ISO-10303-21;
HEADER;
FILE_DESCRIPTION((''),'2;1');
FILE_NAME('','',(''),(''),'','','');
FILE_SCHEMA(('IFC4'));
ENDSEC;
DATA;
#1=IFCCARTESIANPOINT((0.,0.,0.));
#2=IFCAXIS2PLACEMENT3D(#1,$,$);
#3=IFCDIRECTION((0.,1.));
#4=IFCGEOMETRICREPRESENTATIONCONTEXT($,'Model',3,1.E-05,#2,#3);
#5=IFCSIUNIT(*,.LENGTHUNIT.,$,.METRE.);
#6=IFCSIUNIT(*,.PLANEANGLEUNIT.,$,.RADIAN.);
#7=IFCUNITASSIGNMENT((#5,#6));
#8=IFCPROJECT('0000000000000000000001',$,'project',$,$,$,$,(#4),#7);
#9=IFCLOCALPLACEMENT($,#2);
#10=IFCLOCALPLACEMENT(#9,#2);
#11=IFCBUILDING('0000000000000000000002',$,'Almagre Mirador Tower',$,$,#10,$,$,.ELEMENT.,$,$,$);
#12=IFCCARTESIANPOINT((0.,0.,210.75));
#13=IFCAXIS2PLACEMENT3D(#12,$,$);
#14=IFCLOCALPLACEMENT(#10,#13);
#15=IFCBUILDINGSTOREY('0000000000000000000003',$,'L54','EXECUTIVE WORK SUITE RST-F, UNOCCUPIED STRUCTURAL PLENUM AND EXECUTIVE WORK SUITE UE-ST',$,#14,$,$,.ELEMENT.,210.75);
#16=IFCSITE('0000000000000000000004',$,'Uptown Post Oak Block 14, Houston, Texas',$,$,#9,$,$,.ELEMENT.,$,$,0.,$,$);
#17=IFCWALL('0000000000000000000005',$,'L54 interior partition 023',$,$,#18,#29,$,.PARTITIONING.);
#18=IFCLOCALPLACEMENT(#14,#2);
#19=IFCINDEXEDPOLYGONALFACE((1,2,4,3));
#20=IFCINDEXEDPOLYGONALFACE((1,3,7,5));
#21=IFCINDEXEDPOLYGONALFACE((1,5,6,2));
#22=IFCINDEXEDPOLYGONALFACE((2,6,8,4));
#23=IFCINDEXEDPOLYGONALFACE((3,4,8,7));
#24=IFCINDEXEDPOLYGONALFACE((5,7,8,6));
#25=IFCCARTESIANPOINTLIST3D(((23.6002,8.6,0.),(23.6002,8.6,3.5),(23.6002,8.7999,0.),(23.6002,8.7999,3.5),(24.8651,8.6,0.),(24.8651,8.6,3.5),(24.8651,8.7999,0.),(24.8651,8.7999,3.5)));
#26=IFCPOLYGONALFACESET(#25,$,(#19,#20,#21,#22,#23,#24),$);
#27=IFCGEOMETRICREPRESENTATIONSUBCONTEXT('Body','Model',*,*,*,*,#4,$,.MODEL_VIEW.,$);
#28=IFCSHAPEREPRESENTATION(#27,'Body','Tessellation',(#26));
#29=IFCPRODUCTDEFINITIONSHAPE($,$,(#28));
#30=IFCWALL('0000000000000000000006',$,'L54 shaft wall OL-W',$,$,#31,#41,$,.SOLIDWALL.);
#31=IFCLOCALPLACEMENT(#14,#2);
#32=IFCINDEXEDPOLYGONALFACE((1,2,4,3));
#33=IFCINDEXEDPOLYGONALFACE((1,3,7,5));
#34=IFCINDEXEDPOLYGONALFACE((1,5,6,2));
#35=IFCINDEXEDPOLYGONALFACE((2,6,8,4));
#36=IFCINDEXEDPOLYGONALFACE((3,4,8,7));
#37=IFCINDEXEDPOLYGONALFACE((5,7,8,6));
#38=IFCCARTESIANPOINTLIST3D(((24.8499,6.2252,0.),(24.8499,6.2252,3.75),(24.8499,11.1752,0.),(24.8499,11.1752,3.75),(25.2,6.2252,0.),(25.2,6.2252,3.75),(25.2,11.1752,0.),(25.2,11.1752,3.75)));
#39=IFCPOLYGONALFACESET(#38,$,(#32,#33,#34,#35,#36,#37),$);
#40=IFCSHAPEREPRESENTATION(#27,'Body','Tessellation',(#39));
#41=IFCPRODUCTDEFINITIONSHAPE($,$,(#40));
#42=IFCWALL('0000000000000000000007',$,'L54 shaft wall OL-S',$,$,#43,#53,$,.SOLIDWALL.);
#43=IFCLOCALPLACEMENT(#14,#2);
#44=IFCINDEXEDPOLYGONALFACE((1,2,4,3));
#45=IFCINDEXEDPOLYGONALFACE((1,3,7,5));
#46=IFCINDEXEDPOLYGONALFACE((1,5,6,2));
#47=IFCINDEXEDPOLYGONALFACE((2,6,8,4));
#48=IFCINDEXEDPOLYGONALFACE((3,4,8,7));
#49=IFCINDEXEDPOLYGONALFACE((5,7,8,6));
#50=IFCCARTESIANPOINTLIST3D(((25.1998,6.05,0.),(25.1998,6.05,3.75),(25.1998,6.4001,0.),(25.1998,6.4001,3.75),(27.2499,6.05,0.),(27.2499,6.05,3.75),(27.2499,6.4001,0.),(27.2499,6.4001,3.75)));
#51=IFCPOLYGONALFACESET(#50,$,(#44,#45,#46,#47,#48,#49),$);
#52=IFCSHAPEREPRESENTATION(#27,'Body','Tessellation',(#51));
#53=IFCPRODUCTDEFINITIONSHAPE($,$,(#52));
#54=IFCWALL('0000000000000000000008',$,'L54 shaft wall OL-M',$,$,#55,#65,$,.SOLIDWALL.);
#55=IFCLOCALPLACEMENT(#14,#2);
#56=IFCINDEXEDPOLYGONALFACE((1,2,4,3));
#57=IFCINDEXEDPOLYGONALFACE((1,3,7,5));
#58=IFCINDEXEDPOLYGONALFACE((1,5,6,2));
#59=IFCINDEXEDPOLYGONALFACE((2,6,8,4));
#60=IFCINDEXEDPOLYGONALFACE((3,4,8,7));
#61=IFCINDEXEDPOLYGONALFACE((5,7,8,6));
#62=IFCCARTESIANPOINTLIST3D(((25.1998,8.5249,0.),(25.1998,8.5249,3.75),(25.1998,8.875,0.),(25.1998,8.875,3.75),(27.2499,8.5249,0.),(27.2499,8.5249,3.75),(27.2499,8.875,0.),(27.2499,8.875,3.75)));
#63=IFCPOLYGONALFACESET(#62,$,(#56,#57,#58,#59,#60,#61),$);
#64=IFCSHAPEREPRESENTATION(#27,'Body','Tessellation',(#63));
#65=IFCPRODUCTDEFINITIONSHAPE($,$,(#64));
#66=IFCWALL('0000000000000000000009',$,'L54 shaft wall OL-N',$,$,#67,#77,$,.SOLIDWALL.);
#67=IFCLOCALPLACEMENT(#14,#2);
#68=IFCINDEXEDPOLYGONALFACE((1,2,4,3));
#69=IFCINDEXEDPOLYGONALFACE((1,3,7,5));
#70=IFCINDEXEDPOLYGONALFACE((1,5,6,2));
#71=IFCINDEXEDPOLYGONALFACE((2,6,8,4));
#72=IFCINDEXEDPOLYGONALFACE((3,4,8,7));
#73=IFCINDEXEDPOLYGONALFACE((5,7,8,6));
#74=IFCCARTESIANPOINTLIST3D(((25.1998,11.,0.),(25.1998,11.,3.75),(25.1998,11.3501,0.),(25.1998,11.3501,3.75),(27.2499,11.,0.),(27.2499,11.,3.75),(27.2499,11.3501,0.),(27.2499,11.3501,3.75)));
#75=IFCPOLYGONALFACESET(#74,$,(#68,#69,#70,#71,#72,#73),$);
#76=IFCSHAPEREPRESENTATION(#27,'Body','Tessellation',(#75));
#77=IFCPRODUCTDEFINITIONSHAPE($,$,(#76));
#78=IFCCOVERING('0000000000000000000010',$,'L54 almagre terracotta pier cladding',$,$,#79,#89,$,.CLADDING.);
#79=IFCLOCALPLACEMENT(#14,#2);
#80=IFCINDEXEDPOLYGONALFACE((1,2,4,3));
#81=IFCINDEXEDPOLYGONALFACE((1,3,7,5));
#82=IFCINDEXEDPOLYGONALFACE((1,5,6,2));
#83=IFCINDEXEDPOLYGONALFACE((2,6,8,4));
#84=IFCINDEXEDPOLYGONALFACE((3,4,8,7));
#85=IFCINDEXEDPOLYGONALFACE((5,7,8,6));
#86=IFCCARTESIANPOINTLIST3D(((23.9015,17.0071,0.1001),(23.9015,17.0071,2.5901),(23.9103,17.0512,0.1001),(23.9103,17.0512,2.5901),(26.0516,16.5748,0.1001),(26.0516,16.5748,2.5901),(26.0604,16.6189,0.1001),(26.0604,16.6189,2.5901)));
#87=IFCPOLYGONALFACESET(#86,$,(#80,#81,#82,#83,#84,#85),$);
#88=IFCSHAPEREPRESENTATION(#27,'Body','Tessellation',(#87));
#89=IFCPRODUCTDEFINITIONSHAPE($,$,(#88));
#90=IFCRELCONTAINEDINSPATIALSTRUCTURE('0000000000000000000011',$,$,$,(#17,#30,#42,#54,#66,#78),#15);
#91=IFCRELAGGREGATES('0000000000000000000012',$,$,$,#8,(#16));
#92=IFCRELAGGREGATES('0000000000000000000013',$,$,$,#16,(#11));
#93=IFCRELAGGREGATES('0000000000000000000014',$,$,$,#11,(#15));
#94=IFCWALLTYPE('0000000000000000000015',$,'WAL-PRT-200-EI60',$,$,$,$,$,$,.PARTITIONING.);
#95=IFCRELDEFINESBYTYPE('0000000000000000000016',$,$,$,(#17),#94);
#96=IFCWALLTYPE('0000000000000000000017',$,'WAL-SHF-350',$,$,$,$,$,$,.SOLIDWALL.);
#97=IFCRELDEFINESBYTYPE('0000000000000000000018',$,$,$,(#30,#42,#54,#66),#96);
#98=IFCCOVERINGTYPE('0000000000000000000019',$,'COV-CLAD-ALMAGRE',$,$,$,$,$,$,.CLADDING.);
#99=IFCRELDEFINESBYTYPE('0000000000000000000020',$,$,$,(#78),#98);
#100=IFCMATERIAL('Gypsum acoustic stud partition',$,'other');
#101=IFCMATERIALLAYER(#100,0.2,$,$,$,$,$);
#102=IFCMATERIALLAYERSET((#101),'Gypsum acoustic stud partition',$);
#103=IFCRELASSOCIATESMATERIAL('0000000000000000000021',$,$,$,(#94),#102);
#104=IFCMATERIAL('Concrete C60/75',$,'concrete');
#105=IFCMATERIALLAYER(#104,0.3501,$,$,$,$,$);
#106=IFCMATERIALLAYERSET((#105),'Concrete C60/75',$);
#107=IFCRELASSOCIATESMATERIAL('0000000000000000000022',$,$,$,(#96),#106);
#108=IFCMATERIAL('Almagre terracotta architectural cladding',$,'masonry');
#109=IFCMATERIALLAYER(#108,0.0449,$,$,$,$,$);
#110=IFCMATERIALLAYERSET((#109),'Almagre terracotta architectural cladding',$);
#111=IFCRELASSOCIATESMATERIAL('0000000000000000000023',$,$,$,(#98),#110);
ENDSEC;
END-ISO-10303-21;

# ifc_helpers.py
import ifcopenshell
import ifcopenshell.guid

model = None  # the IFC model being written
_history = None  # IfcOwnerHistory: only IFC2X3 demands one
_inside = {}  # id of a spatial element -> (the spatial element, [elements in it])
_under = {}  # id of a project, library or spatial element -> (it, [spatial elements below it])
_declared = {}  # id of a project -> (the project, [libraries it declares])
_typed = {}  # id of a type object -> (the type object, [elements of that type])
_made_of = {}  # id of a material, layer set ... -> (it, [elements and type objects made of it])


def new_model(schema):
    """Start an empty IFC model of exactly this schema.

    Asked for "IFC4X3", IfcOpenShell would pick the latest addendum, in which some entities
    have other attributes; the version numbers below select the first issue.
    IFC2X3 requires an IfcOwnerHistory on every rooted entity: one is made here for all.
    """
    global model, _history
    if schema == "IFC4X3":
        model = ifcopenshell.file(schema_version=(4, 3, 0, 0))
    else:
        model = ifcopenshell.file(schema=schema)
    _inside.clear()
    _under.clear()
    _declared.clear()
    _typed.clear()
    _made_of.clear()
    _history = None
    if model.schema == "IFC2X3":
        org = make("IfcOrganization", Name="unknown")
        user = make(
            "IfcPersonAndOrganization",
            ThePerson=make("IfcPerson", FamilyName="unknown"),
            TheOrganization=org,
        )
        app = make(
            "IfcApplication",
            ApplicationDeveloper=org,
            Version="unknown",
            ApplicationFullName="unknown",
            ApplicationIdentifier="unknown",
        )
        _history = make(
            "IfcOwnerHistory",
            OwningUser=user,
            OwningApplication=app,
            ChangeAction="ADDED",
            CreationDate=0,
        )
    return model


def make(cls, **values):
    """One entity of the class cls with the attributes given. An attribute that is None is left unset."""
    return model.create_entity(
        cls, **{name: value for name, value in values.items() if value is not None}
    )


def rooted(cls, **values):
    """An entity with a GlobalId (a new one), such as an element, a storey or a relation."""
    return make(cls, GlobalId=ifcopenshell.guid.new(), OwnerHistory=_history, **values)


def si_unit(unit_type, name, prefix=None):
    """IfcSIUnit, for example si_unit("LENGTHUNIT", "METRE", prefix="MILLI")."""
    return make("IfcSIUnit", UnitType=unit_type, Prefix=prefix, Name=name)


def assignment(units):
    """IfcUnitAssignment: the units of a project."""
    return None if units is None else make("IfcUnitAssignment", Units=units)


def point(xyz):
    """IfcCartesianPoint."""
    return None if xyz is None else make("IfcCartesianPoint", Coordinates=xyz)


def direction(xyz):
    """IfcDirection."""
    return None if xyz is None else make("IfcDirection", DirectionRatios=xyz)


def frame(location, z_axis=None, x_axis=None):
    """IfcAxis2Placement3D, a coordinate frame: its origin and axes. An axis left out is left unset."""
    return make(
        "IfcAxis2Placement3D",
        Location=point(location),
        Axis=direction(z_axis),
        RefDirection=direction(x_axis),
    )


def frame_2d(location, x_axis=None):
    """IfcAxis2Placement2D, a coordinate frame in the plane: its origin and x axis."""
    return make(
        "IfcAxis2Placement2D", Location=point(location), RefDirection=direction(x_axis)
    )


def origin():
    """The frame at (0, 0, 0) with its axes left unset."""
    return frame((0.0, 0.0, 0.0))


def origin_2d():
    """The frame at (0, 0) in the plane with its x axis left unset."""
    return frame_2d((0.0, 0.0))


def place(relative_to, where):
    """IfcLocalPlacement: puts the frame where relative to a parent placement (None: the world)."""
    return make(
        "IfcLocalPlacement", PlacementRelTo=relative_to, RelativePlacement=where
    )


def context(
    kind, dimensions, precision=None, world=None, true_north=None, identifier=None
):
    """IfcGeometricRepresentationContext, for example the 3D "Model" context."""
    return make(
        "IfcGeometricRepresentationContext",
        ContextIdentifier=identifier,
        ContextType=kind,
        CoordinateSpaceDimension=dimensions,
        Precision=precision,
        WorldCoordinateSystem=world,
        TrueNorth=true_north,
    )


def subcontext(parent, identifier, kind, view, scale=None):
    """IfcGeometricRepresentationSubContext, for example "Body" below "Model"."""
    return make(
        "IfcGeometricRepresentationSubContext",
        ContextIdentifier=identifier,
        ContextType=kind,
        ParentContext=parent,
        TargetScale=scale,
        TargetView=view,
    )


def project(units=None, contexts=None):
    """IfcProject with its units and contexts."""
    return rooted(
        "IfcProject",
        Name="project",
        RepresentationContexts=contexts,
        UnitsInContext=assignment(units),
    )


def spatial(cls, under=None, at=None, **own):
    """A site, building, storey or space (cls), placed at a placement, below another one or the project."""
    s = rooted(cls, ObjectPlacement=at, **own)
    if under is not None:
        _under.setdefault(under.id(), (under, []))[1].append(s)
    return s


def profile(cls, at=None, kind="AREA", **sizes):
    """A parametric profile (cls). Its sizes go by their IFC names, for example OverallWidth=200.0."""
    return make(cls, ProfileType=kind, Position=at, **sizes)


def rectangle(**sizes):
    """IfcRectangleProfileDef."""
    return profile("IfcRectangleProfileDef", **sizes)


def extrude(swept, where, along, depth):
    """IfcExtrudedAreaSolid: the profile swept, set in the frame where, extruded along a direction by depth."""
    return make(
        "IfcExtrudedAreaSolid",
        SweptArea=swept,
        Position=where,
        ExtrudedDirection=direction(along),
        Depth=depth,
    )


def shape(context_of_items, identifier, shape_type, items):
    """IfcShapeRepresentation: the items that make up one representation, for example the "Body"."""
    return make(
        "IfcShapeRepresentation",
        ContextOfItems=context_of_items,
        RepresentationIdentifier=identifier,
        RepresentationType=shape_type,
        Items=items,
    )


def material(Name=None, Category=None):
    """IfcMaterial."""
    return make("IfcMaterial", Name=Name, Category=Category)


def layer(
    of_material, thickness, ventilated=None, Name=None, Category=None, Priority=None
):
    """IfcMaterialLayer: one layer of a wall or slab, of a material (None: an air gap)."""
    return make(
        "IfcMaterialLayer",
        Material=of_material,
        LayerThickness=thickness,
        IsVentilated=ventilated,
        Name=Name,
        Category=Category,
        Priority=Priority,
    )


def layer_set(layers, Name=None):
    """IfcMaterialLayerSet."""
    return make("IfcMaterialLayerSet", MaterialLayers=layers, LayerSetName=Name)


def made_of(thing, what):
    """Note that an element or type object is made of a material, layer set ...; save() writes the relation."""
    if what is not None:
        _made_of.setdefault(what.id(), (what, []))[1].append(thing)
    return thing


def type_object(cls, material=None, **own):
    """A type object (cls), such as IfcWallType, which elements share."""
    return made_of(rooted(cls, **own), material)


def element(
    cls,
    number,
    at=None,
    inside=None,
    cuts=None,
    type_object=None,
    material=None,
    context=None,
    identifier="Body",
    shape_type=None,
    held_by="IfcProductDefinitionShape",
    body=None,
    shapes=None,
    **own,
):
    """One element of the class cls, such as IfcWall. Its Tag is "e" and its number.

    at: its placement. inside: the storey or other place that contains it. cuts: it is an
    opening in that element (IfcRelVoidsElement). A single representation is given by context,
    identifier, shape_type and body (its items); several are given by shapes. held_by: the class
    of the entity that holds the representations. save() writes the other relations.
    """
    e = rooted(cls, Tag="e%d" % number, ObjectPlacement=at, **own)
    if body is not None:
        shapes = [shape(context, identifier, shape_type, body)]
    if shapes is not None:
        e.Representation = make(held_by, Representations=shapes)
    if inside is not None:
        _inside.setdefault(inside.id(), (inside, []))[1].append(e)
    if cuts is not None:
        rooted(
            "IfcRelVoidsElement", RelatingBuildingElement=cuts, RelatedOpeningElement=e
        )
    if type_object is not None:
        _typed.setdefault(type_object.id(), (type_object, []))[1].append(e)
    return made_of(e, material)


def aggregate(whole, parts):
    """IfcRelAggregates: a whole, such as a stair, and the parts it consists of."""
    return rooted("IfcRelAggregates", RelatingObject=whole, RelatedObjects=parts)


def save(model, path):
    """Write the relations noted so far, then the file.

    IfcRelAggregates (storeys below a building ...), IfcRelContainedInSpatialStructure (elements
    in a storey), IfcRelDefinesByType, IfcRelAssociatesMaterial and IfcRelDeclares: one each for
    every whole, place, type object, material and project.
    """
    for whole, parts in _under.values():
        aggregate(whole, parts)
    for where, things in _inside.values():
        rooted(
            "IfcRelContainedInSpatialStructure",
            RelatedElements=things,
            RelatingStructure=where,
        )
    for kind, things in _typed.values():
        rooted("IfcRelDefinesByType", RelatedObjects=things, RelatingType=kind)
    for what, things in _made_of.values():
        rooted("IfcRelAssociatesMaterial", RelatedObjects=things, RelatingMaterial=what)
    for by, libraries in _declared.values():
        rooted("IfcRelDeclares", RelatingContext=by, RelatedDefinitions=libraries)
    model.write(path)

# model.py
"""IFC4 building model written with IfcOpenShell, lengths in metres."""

from ifc_helpers import new_model, si_unit, direction, frame, frame_2d, origin, origin_2d, place, context, subcontext, project, spatial, rectangle, extrude, material, layer, layer_set, type_object, element, save


model = new_model("IFC4")

# Units and contexts
model_context = context("Model", 3, precision=1e-05, world=origin(), true_north=direction((0.0, 1.0)))
body_context = subcontext(model_context, "Body", "Model", "MODEL_VIEW")
ifc_project = project(units=[si_unit("LENGTHUNIT", "METRE"), si_unit("PLANEANGLEUNIT", "RADIAN")], contexts=[model_context])

# Site, building, storey
site_placement = place(None, origin())
site = spatial("IfcSite", under=ifc_project, at=site_placement, Name="Uptown Post Oak Block 14, Houston, Texas", CompositionType="ELEMENT", RefElevation=0.0)
building_placement = place(site_placement, origin())
building = spatial("IfcBuilding", under=site, at=building_placement, Name="Almagre Mirador Tower", CompositionType="ELEMENT")
storey_placement = place(building_placement, frame((0.0, 0.0, 210.75)))
storey = spatial("IfcBuildingStorey", under=building, at=storey_placement, Name="L54", Description="EXECUTIVE WORK SUITE RST-F, UNOCCUPIED STRUCTURAL PLENUM AND EXECUTIVE WORK SUITE UE-ST", CompositionType="ELEMENT", Elevation=210.75)

# Walls
ifc_material_1 = material(Name="Gypsum acoustic stud partition", Category="other")
ifc_layer_1 = layer(ifc_material_1, 0.2)
ifc_layer_set_1 = layer_set([ifc_layer_1], Name="Gypsum acoustic stud partition")
wall_type_1 = type_object("IfcWallType", Name="WAL-PRT-200-EI60", PredefinedType="PARTITIONING", material=ifc_layer_set_1)
wall_1_placement = place(storey_placement, frame((24.865, 8.7, 0.0), z_axis=(0.0, 0.0, 1.0), x_axis=(-1.0, 0.0, 0.0)))
element("IfcWall", 1, at=wall_1_placement, inside=storey, type_object=wall_type_1, Name="L54 interior partition 023", PredefinedType="PARTITIONING", context=body_context, shape_type="SweptSolid", body=[
    extrude(rectangle(XDim=1.2649, YDim=0.2, at=frame_2d((0.6323, 0.0))), origin(), (0.0, 0.0, 1.0), 3.5),
])
ifc_material_2 = material(Name="Concrete C60/75", Category="concrete")
ifc_layer_2 = layer(ifc_material_2, 0.3501)
ifc_layer_set_2 = layer_set([ifc_layer_2], Name="Concrete C60/75")
wall_type_2 = type_object("IfcWallType", Name="WAL-SHF-350", PredefinedType="SOLIDWALL", material=ifc_layer_set_2)
wall_2_placement = place(storey_placement, frame((25.0249, 6.2251, 0.0), z_axis=(0.0, 0.0, 1.0), x_axis=(0.0, 1.0, 0.0)))
element("IfcWall", 2, at=wall_2_placement, inside=storey, type_object=wall_type_2, Name="L54 shaft wall OL-W", PredefinedType="SOLIDWALL", context=body_context, shape_type="SweptSolid", body=[
    extrude(rectangle(XDim=4.95, YDim=0.3501, at=frame_2d((2.4751, 0.0))), origin(), (0.0, 0.0, 1.0), 3.75),
])
for number, where, z_axis, x_axis, name in (
    (3, (25.2, 6.2251, 0.0), (0.0, 0.0, 1.0), (1.0, 0.0, 0.0), "L54 shaft wall OL-S"),
    (4, (25.2, 8.7, 0.0), (0.0, 0.0, 1.0), (1.0, 0.0, 0.0), "L54 shaft wall OL-M"),
    (5, (25.2, 11.175, 0.0), (0.0, 0.0, 1.0), (1.0, 0.0, 0.0), "L54 shaft wall OL-N"),
):
    element("IfcWall", number, at=place(storey_placement, frame(where, z_axis=z_axis, x_axis=x_axis)), inside=storey, type_object=wall_type_2, Name=name, PredefinedType="SOLIDWALL", context=body_context, shape_type="SweptSolid", body=[
        extrude(rectangle(XDim=2.05, YDim=0.3501, at=frame_2d((1.0249, 0.0))), origin(), (0.0, 0.0, 1.0), 3.75),
    ])

# Covering
ifc_material_3 = material(Name="Almagre terracotta architectural cladding", Category="masonry")
ifc_layer_3 = layer(ifc_material_3, 0.0449)
ifc_layer_set_3 = layer_set([ifc_layer_3], Name="Almagre terracotta architectural cladding")
covering_type = type_object("IfcCoveringType", Name="COV-CLAD-ALMAGRE", PredefinedType="CLADDING", material=ifc_layer_set_3)
covering_placement = place(storey_placement, frame((24.981, 16.813, 0.1001), z_axis=(0.0, 0.0, 1.0), x_axis=(0.980381, -0.19711, 0.0)))
element("IfcCovering", 6, at=covering_placement, inside=storey, type_object=covering_type, Name="L54 almagre terracotta pier cladding", PredefinedType="CLADDING", context=body_context, shape_type="SweptSolid", body=[
    extrude(rectangle(XDim=2.1931, YDim=0.0449, at=origin_2d()), origin(), (0.0, 0.0, 1.0), 2.49),
])

save(model, "model.ifc")
